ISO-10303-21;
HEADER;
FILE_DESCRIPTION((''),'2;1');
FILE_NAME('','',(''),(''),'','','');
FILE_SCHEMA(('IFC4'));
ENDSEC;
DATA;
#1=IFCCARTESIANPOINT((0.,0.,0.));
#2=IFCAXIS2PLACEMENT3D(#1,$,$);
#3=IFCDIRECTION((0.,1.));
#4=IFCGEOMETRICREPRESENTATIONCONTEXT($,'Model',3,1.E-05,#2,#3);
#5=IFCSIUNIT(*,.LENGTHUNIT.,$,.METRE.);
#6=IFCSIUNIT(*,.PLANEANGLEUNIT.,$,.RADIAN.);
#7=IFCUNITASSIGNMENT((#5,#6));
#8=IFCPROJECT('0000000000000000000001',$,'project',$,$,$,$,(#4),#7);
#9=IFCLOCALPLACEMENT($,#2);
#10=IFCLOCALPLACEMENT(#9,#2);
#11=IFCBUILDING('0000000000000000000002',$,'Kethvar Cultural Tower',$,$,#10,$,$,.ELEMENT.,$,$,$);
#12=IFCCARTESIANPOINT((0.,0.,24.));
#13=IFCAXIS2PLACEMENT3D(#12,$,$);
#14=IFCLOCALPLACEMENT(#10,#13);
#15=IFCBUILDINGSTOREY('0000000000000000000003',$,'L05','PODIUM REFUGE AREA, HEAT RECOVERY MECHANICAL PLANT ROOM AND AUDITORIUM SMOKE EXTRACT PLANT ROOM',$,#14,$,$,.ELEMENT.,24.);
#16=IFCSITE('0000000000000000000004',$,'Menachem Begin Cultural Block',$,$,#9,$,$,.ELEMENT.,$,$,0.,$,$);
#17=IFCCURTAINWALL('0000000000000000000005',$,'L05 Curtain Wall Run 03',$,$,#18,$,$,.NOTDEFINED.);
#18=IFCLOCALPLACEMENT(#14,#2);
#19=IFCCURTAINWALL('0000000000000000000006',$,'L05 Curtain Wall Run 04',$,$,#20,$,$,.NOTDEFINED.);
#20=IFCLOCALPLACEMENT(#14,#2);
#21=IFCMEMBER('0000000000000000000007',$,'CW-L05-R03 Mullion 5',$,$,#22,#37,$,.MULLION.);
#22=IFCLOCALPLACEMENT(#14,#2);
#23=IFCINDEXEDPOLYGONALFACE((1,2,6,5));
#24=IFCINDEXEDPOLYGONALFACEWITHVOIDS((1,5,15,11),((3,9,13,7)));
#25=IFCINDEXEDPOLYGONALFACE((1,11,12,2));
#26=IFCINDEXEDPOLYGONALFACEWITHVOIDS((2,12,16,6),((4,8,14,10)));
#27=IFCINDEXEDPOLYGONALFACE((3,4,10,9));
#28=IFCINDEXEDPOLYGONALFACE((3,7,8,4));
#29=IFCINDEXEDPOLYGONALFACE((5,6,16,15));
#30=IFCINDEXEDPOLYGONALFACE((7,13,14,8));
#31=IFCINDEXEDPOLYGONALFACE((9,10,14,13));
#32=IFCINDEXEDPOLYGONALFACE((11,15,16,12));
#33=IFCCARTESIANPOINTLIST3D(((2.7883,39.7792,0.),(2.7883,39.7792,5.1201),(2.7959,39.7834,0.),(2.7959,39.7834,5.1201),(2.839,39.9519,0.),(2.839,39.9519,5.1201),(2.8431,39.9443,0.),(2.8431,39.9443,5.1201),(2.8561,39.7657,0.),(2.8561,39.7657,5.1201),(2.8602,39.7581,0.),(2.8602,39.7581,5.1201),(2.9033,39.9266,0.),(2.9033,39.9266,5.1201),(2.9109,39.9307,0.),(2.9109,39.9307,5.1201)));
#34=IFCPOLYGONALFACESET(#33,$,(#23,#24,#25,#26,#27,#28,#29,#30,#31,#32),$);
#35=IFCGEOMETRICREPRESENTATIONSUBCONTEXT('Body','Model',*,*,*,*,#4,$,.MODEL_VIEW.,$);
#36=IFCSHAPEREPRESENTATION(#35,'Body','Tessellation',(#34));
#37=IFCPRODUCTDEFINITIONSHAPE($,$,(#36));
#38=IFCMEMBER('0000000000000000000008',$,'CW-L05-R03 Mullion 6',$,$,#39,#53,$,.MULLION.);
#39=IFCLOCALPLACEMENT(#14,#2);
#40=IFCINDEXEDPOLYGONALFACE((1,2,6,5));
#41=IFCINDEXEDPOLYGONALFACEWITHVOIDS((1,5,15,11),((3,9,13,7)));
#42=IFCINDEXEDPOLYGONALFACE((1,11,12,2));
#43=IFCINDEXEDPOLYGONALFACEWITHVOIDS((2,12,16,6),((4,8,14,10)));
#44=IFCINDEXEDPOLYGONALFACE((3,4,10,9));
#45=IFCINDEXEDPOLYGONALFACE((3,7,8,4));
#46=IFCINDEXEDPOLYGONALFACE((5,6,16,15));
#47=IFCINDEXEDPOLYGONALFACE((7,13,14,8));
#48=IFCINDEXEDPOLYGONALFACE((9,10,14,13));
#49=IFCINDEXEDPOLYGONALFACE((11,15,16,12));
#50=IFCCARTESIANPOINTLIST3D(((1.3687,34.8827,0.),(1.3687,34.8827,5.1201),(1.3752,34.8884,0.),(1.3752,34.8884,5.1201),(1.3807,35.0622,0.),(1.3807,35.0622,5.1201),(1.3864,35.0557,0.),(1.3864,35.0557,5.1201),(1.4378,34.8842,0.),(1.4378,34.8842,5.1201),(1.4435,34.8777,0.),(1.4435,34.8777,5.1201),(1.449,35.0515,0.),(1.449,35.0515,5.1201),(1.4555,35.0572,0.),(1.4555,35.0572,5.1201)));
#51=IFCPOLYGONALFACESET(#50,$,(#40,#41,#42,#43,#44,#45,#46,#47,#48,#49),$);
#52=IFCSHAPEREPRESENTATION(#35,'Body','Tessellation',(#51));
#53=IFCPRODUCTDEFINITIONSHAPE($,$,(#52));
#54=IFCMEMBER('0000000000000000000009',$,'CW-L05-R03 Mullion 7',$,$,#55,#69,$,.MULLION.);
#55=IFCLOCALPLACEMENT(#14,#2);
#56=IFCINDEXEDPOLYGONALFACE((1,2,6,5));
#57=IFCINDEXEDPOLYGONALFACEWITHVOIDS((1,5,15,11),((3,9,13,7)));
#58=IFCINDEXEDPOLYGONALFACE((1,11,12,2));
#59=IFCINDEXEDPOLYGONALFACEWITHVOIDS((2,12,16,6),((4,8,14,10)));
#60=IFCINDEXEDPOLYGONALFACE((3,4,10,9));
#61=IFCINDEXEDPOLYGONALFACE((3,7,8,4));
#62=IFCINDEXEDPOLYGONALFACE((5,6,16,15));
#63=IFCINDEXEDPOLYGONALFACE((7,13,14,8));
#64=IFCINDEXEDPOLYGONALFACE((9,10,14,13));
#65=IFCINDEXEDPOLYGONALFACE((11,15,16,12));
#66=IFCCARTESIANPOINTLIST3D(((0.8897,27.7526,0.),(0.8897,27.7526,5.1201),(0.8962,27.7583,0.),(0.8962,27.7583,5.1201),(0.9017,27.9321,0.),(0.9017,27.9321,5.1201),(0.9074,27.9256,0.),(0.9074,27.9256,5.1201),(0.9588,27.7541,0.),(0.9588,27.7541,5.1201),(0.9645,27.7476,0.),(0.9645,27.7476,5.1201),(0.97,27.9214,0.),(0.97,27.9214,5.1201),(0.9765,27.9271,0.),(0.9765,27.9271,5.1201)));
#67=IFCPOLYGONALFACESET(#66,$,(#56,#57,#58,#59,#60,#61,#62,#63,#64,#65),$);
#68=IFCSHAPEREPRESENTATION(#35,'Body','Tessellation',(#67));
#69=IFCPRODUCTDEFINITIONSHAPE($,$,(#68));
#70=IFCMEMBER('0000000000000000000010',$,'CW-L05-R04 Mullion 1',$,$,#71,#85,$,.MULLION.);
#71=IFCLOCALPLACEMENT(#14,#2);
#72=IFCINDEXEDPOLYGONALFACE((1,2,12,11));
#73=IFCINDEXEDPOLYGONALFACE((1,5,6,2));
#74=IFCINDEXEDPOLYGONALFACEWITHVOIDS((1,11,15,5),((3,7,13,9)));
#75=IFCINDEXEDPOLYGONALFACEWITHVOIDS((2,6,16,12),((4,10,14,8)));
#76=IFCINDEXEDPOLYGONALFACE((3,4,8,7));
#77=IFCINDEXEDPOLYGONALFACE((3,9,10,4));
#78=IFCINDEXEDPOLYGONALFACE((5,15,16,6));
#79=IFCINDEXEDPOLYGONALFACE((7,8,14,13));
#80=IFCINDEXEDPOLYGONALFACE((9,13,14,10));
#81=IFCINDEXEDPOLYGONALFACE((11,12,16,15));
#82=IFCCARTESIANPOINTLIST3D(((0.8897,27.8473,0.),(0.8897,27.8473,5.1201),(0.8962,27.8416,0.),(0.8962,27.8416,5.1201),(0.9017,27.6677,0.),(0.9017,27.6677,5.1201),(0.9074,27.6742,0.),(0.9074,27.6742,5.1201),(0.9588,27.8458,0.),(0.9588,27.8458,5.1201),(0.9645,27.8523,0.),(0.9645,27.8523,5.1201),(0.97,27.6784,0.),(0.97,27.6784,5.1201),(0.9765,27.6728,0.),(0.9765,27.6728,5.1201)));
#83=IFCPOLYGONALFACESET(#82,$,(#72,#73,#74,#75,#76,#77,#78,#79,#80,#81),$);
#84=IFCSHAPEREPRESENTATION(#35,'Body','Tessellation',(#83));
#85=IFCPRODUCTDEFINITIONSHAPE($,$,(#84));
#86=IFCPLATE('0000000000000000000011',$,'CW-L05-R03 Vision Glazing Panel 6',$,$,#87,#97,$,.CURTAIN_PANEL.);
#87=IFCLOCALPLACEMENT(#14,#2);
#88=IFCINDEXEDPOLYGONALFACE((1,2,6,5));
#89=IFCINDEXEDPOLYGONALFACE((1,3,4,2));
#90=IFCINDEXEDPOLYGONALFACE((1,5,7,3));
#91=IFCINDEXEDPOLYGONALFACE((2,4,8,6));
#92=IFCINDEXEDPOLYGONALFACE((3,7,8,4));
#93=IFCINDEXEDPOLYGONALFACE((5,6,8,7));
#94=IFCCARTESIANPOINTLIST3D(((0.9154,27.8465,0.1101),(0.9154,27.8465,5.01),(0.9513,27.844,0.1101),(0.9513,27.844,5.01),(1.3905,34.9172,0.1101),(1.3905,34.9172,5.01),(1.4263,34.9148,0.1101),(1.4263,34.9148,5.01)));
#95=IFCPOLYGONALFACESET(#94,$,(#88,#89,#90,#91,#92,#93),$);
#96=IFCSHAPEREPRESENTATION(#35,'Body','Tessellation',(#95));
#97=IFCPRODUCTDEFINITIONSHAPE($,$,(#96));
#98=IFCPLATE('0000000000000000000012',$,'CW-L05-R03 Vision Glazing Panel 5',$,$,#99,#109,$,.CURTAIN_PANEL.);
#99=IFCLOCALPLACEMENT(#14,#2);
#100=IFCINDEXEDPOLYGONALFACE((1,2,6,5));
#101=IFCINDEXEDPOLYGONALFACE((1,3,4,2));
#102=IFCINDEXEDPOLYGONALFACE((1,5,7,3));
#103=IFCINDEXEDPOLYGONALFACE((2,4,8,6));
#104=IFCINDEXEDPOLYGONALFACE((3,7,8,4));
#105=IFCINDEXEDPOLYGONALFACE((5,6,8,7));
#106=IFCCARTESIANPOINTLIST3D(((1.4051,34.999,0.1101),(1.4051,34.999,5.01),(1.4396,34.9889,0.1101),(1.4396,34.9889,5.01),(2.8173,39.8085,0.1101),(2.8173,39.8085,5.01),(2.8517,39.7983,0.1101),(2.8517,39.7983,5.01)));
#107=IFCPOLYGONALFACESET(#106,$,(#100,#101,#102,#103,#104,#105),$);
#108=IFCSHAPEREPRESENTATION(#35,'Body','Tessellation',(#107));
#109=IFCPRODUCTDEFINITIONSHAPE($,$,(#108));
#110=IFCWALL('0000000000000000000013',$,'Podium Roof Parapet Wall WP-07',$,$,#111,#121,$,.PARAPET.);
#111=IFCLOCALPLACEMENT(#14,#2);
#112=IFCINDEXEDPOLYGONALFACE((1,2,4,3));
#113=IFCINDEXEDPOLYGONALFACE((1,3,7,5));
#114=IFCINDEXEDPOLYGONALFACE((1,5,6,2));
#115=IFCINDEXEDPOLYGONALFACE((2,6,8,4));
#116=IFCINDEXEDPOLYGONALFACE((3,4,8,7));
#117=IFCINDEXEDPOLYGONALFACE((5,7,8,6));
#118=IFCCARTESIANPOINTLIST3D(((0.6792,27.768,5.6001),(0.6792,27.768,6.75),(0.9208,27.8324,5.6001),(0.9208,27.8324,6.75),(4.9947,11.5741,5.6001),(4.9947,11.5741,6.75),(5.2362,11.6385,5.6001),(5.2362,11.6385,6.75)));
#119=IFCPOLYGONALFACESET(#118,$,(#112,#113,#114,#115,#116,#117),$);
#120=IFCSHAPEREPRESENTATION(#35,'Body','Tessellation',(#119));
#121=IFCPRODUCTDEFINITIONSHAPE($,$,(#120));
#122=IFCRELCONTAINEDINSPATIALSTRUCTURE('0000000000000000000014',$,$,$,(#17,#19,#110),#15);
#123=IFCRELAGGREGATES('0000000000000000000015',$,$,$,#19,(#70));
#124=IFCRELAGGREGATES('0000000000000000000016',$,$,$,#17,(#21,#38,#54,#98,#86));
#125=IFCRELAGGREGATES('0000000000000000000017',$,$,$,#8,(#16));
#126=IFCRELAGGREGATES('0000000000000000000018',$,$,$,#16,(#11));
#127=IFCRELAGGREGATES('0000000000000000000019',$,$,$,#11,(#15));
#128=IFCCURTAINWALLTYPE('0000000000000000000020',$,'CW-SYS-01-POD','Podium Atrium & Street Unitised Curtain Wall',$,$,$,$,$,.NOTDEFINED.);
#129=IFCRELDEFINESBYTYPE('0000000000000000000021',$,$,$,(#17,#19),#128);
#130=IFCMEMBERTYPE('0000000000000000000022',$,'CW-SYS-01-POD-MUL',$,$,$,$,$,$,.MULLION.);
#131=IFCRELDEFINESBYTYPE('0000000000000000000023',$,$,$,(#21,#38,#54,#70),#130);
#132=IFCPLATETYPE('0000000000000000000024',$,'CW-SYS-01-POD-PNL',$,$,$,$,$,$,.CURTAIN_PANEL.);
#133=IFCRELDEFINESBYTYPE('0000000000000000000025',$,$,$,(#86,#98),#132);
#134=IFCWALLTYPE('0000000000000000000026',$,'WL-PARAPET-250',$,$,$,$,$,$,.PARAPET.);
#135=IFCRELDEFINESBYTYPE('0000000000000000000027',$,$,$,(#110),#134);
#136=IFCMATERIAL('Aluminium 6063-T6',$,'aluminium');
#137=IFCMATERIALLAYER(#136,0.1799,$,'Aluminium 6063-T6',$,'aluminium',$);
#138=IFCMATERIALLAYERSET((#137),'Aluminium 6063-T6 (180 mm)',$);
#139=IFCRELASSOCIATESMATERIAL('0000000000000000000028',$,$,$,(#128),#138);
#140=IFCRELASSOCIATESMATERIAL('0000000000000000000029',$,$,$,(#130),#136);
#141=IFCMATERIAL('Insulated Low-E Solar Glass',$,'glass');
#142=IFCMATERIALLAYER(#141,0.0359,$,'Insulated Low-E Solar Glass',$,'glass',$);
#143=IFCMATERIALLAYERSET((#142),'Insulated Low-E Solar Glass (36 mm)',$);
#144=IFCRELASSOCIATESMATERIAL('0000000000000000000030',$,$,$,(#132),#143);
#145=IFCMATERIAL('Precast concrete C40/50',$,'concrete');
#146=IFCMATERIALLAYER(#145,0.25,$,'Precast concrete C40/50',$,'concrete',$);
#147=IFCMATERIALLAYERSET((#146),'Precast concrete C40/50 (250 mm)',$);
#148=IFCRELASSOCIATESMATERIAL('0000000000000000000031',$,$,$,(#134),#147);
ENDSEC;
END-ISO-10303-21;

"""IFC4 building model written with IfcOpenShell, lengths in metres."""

from ifc_helpers import new_model, si_unit, direction, frame, frame_2d, origin, origin_2d, place, context, subcontext, project, spatial, rectangle, hollow_rectangle, extrude, source, transform, mapped, material, layer, layer_set, material_profile, profile_set, type_object, element, aggregate, save


model = new_model("IFC4")

# Units and contexts
model_context = context("Model", 3, precision=1e-05, world=origin(), true_north=direction((0.0, 1.0)))
body_context = subcontext(model_context, "Body", "Model", "MODEL_VIEW")
ifc_project = project(units=[si_unit("LENGTHUNIT", "METRE"), si_unit("PLANEANGLEUNIT", "RADIAN")], contexts=[model_context])

# Site, building, storey
site_placement = place(None, origin())
site = spatial("IfcSite", under=ifc_project, at=site_placement, Name="Menachem Begin Cultural Block", CompositionType="ELEMENT", RefElevation=0.0)
building_placement = place(site_placement, origin())
building = spatial("IfcBuilding", under=site, at=building_placement, Name="Kethvar Cultural Tower", CompositionType="ELEMENT")
storey_placement = place(building_placement, frame((0.0, 0.0, 24.0)))
storey = spatial("IfcBuildingStorey", under=building, at=storey_placement, Name="L05", Description="PODIUM REFUGE AREA, HEAT RECOVERY MECHANICAL PLANT ROOM AND AUDITORIUM SMOKE EXTRACT PLANT ROOM", CompositionType="ELEMENT", Elevation=24.0)

# Curtain walls
ifc_material_1 = material(Name="Aluminium 6063-T6", Category="aluminium")
ifc_layer_1 = layer(ifc_material_1, 0.1799, Name="Aluminium 6063-T6", Category="aluminium")
ifc_layer_set_1 = layer_set([ifc_layer_1], Name="Aluminium 6063-T6 (180 mm)")
curtain_wall_type = type_object("IfcCurtainWallType", Name="CW-SYS-01-POD", Description="Podium Atrium & Street Unitised Curtain Wall", PredefinedType="NOTDEFINED", material=ifc_layer_set_1)
curtain_wall_1_placement = place(storey_placement, origin())
curtain_wall_1 = element("IfcCurtainWall", 1, at=curtain_wall_1_placement, inside=storey, type_object=curtain_wall_type, Name="L05 Curtain Wall Run 03", PredefinedType="NOTDEFINED")
curtain_wall_2_placement = place(storey_placement, origin())
curtain_wall_2 = element("IfcCurtainWall", 2, at=curtain_wall_2_placement, inside=storey, type_object=curtain_wall_type, Name="L05 Curtain Wall Run 04", PredefinedType="NOTDEFINED")

# Members
ifc_material_profile_1 = material_profile(ifc_material_1, hollow_rectangle(XDim=0.075, YDim=0.1799, WallThickness=0.0061, at=origin_2d()), Name="Aluminium 6063-T6 — RHS180x75x6")
ifc_profile_set_1 = profile_set([ifc_material_profile_1], Name="Aluminium 6063-T6 — RHS180x75x6")
member_type_1 = type_object("IfcMemberType", Name="CW-SYS-01-POD-MUL", PredefinedType="MULLION", material=ifc_profile_set_1)
shared_shape_1 = source(origin(), body_context, "Body", "SweptSolid", [
    extrude(hollow_rectangle(XDim=0.075, YDim=0.1799, WallThickness=0.0061, at=origin_2d()), origin(), (0.0, 0.0, 1.0), 5.1201),
])
member_1_placement = place(storey_placement, frame((2.8496, 39.855, 0.0), z_axis=(0.0, 0.0, 1.0), x_axis=(0.959496, -0.281722, 0.0)))
member_1 = element("IfcMember", 3, at=member_1_placement, type_object=member_type_1, Name="CW-L05-R03 Mullion 5", PredefinedType="MULLION", context=body_context, shape_type="MappedRepresentation", body=[
    mapped(shared_shape_1, transform((0.0, 0.0, 0.0), scale=1.0)),
])
member_2_placement = place(storey_placement, frame((1.4121, 34.97, 0.0), z_axis=(0.0, 0.0, 1.0), x_axis=(0.99775, -0.06704, 0.0)))
member_2 = element("IfcMember", 4, at=member_2_placement, type_object=member_type_1, Name="CW-L05-R03 Mullion 6", PredefinedType="MULLION", context=body_context, shape_type="MappedRepresentation", body=[
    mapped(shared_shape_1, transform((0.0, 0.0, 0.0), scale=1.0)),
])
member_3_placement = place(storey_placement, frame((0.9331, 27.8398, 0.0), z_axis=(0.0, 0.0, 1.0), x_axis=(0.99775, -0.06704, 0.0)))
member_3 = element("IfcMember", 5, at=member_3_placement, type_object=member_type_1, Name="CW-L05-R03 Mullion 7", PredefinedType="MULLION", context=body_context, shape_type="MappedRepresentation", body=[
    mapped(shared_shape_1, transform((0.0, 0.0, 0.0), scale=1.0)),
])
member_4_placement = place(storey_placement, frame((0.9331, 27.76, 0.0), z_axis=(0.0, 0.0, 1.0), x_axis=(0.99775, 0.06704, 0.0)))
member_4 = element("IfcMember", 6, at=member_4_placement, type_object=member_type_1, Name="CW-L05-R04 Mullion 1", PredefinedType="MULLION", context=body_context, shape_type="MappedRepresentation", body=[
    mapped(shared_shape_1, transform((0.0, 0.0, 0.0), scale=1.0)),
])
aggregate(curtain_wall_2, [member_4])

# Plates
ifc_material_2 = material(Name="Insulated Low-E Solar Glass", Category="glass")
ifc_layer_2 = layer(ifc_material_2, 0.0359, Name="Insulated Low-E Solar Glass", Category="glass")
ifc_layer_set_2 = layer_set([ifc_layer_2], Name="Insulated Low-E Solar Glass (36 mm)")
plate_type = type_object("IfcPlateType", Name="CW-SYS-01-POD-PNL", PredefinedType="CURTAIN_PANEL", material=ifc_layer_set_2)
shared_shape_2 = source(origin(), body_context, "Body", "SweptSolid", [
    extrude(rectangle(XDim=7.0867, YDim=0.0359, at=origin_2d()), origin(), (0.0, 0.0, 1.0), 4.8999),
])
plate_1_placement = place(storey_placement, frame((1.1709, 31.3806, 0.1101), z_axis=(0.0, 0.0, 1.0), x_axis=(-0.06704, -0.99775, 0.0)))
plate_1 = element("IfcPlate", 7, at=plate_1_placement, type_object=plate_type, Name="CW-L05-R03 Vision Glazing Panel 6", PredefinedType="CURTAIN_PANEL", context=body_context, shape_type="MappedRepresentation", body=[
    mapped(shared_shape_2, transform((0.0, 0.0, 0.0), scale=1.0)),
])
shared_shape_3 = source(origin(), body_context, "Body", "SweptSolid", [
    extrude(rectangle(XDim=5.0125, YDim=0.0359, at=origin_2d()), origin(), (0.0, 0.0, 1.0), 4.8999),
])
plate_2_placement = place(storey_placement, frame((2.1284, 37.3987, 0.1101), z_axis=(0.0, 0.0, 1.0), x_axis=(-0.281722, -0.959496, 0.0)))
plate_2 = element("IfcPlate", 8, at=plate_2_placement, type_object=plate_type, Name="CW-L05-R03 Vision Glazing Panel 5", PredefinedType="CURTAIN_PANEL", context=body_context, shape_type="MappedRepresentation", body=[
    mapped(shared_shape_3, transform((0.0, 0.0, 0.0), scale=1.0)),
])
aggregate(curtain_wall_1, [member_1, member_2, member_3, plate_2, plate_1])

# Wall
ifc_material_3 = material(Name="Precast concrete C40/50", Category="concrete")
ifc_layer_3 = layer(ifc_material_3, 0.25, Name="Precast concrete C40/50", Category="concrete")
ifc_layer_set_3 = layer_set([ifc_layer_3], Name="Precast concrete C40/50 (250 mm)")
wall_type = type_object("IfcWallType", Name="WL-PARAPET-250", PredefinedType="PARAPET", material=ifc_layer_set_3)
wall_placement = place(storey_placement, frame((0.8, 27.8, 5.6001), z_axis=(0.0, 0.0, 1.0), x_axis=(0.257499, -0.966278, 0.0)))
element("IfcWall", 9, at=wall_placement, inside=storey, type_object=wall_type, Name="Podium Roof Parapet Wall WP-07", PredefinedType="PARAPET", context=body_context, shape_type="SweptSolid", body=[
    extrude(rectangle(XDim=16.759, YDim=0.25, at=frame_2d((8.3794, 0.0))), origin(), (0.0, 0.0, 1.0), 1.1499),
])

save(model, "model.ifc")
